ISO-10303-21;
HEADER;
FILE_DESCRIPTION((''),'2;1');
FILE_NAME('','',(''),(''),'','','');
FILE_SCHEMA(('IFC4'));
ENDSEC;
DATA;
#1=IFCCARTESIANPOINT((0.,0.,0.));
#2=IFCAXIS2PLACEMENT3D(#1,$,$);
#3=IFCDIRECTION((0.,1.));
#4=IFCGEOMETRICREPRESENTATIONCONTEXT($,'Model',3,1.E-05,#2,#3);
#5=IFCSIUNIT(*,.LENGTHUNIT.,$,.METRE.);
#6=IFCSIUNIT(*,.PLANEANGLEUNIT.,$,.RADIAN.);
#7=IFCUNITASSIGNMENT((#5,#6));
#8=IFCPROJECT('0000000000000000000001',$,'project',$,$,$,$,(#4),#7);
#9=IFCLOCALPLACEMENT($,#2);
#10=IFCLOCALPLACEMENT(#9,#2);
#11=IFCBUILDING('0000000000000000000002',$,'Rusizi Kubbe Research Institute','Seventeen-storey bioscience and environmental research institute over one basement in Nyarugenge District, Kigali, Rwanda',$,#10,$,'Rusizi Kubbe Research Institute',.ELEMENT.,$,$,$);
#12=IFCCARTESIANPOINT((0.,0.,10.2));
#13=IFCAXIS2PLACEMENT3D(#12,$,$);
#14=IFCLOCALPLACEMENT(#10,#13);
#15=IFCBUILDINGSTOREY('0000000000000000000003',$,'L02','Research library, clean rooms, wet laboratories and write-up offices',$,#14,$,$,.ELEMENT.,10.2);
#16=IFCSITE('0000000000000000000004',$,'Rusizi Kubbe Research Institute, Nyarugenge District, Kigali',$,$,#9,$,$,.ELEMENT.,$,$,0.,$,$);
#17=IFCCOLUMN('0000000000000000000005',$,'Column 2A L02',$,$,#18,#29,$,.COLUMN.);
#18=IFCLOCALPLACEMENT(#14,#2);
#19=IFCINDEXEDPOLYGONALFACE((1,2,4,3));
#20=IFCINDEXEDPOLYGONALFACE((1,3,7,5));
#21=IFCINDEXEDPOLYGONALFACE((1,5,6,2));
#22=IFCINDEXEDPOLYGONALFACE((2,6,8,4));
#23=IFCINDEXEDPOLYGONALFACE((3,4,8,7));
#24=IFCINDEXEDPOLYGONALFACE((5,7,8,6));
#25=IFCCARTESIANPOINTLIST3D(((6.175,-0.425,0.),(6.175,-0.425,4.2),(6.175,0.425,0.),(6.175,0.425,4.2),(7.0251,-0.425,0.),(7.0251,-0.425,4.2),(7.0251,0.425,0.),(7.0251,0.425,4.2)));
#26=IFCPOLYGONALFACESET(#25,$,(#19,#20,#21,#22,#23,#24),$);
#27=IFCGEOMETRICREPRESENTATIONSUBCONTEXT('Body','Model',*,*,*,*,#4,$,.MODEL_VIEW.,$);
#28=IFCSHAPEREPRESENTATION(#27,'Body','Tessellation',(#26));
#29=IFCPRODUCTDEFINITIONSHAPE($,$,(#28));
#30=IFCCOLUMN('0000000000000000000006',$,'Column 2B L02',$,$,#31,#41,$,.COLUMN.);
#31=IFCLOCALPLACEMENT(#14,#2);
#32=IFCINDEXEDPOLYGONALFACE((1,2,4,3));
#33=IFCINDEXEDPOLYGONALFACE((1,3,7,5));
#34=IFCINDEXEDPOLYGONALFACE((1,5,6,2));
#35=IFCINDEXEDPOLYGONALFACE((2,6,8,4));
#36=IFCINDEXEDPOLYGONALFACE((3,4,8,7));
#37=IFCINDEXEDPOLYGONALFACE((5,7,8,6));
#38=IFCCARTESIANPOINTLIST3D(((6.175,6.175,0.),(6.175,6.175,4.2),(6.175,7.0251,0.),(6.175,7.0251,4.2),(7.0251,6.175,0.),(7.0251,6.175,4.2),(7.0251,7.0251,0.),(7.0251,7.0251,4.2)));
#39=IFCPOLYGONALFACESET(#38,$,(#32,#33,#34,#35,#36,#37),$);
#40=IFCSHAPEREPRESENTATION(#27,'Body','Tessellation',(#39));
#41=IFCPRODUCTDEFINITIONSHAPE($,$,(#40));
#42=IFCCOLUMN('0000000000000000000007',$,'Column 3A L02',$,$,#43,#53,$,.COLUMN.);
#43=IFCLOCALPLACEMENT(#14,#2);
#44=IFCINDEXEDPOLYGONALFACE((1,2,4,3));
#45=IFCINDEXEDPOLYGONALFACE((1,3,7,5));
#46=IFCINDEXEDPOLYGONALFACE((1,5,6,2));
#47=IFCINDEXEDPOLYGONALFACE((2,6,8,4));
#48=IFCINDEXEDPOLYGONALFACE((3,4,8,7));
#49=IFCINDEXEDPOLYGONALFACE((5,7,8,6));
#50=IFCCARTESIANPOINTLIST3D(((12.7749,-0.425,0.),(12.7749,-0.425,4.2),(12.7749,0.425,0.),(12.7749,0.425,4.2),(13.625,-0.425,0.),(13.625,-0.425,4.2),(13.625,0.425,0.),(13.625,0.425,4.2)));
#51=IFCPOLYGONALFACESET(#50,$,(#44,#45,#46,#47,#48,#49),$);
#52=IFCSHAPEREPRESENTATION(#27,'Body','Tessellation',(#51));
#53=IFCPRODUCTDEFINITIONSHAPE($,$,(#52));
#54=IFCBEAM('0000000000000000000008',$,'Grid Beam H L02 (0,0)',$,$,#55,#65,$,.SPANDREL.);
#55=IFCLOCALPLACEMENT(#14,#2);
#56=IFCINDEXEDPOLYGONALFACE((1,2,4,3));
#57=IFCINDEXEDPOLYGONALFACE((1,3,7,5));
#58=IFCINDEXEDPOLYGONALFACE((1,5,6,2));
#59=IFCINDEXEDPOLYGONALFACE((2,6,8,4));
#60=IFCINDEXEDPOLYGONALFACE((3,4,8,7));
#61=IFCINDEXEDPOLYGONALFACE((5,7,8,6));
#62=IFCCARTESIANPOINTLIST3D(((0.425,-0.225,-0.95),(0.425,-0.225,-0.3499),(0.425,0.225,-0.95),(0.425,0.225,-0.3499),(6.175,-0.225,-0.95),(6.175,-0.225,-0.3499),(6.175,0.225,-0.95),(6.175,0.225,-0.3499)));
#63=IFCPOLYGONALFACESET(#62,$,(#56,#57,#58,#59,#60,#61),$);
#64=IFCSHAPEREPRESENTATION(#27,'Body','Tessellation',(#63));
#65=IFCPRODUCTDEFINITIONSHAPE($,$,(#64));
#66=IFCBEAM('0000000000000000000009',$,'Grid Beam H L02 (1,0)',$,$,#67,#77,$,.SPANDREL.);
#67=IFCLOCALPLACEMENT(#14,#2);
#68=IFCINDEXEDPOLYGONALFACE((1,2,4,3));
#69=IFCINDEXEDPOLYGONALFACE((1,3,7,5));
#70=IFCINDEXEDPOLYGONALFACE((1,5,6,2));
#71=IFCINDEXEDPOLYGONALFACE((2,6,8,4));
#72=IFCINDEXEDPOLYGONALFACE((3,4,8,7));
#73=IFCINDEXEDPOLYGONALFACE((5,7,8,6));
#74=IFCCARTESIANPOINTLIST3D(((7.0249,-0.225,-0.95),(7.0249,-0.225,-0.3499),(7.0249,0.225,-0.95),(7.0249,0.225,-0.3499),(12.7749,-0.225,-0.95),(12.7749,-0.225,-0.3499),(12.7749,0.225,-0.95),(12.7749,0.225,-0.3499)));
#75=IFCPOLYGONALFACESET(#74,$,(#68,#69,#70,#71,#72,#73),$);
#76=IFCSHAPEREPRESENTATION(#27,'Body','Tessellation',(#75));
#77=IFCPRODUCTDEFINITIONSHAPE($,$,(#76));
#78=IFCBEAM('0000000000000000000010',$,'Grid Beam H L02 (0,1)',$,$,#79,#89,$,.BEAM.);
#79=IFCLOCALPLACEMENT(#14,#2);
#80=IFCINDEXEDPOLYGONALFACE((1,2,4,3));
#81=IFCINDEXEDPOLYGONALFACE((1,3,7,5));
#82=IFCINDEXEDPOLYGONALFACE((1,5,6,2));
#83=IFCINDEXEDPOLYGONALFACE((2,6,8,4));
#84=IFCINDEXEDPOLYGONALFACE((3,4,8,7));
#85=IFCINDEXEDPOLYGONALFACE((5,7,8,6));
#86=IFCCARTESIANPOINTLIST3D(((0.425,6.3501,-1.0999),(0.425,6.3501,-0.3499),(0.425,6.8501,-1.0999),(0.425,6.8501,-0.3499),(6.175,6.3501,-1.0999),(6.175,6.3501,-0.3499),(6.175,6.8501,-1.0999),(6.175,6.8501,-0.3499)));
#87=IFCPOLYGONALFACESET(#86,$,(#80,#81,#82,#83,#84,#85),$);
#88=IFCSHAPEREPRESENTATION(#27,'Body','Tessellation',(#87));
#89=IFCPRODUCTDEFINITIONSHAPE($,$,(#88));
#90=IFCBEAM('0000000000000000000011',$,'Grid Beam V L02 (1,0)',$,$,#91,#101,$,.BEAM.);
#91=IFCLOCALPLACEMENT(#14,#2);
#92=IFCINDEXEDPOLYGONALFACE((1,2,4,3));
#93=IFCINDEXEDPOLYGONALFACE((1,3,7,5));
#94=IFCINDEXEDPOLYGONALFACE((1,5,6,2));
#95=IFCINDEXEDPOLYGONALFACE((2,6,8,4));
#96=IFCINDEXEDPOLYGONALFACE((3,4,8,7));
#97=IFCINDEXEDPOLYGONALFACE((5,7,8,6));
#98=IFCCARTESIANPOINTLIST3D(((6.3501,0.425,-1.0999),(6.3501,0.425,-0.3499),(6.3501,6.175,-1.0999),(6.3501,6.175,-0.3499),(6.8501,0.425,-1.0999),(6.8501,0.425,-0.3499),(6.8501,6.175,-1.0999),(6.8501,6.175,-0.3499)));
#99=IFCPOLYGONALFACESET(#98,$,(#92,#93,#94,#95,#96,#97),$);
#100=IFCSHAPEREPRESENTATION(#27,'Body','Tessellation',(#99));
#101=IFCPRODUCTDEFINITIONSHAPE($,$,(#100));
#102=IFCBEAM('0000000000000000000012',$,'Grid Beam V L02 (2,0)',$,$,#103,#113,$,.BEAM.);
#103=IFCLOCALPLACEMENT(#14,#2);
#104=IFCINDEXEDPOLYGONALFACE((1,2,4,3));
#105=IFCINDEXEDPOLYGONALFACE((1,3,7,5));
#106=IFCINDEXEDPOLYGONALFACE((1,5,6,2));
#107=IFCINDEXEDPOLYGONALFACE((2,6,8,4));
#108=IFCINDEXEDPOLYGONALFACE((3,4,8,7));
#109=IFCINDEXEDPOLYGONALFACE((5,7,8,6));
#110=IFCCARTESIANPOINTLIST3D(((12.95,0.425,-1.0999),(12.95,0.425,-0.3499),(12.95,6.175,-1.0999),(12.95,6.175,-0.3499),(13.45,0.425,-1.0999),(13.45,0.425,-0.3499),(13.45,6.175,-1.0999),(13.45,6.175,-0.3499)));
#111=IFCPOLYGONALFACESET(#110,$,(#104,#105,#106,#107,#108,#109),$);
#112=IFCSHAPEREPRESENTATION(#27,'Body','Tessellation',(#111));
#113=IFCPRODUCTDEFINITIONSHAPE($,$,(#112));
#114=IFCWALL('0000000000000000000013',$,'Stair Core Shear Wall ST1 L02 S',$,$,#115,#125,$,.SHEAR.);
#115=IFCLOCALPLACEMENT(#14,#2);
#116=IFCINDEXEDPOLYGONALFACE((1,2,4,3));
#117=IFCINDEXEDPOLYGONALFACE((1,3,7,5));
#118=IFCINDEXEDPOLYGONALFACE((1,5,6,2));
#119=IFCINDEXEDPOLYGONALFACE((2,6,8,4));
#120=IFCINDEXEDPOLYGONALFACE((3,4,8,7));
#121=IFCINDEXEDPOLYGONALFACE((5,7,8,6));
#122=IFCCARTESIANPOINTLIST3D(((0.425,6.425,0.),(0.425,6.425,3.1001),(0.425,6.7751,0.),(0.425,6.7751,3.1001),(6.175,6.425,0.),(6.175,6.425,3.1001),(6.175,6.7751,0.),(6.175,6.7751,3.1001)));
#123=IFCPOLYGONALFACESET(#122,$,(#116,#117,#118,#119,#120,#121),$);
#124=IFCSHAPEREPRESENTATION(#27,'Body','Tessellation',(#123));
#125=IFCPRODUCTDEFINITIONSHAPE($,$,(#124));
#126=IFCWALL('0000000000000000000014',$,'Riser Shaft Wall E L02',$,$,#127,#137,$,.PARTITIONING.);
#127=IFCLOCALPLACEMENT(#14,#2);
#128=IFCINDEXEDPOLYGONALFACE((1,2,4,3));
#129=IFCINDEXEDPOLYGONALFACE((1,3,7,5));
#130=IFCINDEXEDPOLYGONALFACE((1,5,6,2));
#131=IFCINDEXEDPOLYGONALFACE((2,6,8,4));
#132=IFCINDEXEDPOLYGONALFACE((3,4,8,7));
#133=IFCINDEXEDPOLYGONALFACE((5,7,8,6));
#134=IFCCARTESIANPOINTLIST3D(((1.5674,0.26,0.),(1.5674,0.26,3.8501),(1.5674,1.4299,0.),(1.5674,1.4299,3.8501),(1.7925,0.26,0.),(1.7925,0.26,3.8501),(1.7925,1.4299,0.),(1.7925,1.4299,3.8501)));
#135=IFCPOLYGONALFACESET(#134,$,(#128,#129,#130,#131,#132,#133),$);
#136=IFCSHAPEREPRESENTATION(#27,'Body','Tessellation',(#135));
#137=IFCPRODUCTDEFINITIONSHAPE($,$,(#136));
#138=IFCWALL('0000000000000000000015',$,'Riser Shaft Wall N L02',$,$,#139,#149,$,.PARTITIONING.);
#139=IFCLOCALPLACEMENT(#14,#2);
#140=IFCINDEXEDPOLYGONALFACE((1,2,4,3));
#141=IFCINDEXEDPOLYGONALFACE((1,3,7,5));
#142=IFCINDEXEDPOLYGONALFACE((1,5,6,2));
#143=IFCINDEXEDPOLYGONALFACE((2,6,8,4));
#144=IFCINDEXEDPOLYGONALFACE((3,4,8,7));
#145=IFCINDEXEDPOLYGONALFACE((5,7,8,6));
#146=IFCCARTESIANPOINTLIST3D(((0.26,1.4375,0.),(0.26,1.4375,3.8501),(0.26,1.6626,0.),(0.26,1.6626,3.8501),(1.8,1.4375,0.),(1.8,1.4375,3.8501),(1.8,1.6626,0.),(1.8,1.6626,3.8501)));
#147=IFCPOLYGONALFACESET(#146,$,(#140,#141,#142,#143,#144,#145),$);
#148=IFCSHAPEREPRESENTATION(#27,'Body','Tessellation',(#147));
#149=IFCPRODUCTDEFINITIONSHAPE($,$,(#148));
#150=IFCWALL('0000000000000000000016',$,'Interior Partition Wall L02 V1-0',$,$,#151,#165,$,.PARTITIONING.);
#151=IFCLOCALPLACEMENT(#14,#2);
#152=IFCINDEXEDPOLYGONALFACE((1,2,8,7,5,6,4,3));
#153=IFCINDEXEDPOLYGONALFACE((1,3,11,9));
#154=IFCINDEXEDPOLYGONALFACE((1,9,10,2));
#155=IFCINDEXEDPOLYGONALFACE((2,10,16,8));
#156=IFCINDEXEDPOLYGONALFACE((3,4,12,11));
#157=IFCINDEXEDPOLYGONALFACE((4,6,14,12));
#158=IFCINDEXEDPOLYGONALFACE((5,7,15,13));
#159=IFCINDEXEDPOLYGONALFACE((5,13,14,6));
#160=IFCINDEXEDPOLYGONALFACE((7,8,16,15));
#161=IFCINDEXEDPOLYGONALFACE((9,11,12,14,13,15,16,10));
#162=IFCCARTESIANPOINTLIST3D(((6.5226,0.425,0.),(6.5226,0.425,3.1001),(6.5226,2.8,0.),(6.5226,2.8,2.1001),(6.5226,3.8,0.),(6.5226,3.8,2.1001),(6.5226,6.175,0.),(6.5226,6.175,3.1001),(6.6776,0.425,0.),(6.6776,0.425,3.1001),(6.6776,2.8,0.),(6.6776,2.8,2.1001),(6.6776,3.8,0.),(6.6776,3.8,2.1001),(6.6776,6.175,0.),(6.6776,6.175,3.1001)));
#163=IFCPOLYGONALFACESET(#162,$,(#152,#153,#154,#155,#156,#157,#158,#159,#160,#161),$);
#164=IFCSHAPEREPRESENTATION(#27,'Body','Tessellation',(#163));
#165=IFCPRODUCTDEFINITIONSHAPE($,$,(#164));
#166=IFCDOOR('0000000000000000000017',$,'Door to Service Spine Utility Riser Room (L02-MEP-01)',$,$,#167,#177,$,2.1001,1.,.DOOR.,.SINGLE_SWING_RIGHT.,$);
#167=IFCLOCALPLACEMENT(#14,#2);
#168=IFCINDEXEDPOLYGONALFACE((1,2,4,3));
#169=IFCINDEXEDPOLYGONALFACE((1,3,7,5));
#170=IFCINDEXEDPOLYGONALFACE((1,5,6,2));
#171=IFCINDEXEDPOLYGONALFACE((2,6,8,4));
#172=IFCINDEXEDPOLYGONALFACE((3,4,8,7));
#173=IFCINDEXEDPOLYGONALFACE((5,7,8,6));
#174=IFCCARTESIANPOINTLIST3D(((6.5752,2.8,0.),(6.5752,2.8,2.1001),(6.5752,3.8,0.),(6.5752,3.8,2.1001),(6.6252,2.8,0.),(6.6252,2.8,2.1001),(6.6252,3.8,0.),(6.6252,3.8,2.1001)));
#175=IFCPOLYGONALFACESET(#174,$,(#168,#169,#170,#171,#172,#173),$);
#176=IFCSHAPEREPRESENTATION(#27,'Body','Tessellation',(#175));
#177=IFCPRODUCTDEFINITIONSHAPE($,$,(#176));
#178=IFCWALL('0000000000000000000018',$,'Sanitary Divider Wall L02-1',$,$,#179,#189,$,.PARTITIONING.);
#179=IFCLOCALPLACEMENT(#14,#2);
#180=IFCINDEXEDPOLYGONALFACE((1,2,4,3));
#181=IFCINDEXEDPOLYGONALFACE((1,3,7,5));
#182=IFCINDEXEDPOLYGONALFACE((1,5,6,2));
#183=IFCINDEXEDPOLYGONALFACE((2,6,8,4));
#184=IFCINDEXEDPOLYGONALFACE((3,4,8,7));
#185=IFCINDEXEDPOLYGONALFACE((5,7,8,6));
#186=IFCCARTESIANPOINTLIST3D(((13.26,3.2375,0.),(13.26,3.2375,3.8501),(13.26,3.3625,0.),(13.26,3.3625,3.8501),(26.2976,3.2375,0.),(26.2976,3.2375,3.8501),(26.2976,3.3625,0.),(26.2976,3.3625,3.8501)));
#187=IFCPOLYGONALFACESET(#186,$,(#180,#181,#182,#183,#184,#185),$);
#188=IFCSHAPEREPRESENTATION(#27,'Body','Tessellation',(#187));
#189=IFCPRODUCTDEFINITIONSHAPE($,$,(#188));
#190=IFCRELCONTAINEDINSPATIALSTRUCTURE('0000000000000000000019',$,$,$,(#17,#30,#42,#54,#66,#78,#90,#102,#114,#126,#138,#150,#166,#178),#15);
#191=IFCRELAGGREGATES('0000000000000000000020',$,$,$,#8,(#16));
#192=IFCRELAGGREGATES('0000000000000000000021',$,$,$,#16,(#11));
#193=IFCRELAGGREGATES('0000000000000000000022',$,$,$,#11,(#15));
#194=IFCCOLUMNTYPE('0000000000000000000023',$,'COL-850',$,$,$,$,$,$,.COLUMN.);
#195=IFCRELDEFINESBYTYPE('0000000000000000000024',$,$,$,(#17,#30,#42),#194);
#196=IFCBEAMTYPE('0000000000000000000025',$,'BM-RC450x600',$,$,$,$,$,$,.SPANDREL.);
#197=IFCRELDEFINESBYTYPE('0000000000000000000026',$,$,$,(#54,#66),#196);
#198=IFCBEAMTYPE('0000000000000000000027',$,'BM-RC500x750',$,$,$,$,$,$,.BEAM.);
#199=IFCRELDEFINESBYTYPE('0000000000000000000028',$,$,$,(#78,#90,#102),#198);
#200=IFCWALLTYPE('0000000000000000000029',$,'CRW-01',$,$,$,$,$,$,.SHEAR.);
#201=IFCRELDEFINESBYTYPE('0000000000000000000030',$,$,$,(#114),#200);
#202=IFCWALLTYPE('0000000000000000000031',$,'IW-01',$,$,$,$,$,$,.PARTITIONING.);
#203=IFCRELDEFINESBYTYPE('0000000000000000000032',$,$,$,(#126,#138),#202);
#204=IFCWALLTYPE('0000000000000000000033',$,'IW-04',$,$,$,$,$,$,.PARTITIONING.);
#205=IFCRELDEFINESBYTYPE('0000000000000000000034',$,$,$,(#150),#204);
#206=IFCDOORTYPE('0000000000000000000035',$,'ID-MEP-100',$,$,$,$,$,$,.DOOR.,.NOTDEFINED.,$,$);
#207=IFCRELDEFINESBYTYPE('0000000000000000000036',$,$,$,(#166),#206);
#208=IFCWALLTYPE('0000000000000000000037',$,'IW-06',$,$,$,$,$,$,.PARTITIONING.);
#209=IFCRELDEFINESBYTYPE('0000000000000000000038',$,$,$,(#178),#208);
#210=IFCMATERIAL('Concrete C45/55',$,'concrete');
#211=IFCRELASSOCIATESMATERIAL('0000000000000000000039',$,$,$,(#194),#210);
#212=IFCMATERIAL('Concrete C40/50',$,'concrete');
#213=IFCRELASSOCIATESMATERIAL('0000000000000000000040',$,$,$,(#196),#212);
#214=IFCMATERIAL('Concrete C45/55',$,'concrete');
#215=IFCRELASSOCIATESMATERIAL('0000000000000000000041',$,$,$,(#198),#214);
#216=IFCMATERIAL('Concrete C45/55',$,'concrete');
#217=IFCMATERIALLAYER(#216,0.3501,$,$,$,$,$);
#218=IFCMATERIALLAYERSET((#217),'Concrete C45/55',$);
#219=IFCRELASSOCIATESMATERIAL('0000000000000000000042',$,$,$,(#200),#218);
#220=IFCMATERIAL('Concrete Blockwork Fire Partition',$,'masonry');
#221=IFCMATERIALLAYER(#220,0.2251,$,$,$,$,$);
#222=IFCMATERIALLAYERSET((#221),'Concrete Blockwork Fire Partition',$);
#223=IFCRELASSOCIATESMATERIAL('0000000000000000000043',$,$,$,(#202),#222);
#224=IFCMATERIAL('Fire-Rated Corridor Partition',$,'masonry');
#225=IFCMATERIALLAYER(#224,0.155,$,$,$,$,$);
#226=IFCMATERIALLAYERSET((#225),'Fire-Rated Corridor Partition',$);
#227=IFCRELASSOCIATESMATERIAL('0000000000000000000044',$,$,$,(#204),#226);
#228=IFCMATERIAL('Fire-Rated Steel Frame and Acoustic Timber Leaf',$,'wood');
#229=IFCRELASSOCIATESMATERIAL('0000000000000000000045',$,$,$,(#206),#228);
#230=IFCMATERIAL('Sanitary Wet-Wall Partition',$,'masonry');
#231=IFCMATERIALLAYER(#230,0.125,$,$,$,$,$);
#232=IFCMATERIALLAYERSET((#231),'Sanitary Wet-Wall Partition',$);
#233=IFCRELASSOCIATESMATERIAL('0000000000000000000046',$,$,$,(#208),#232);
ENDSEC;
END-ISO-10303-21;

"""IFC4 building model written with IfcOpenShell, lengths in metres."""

from ifc_helpers import new_model, si_unit, direction, frame, frame_2d, origin, origin_2d, place, context, subcontext, project, spatial, rectangle, extrude, material, layer, layer_set, material_profile, profile_set, type_object, element, fill, save


model = new_model("IFC4")

# Units and contexts
model_context = context("Model", 3, precision=1e-05, world=origin(), true_north=direction((0.0, 1.0)))
body_context = subcontext(model_context, "Body", "Model", "MODEL_VIEW")
ifc_project = project(units=[si_unit("LENGTHUNIT", "METRE"), si_unit("PLANEANGLEUNIT", "RADIAN")], contexts=[model_context])

# Site, building, storey
site_placement = place(None, origin())
site = spatial("IfcSite", under=ifc_project, at=site_placement, Name="Rusizi Kubbe Research Institute, Nyarugenge District, Kigali", CompositionType="ELEMENT", RefElevation=0.0)
building_placement = place(site_placement, origin())
building = spatial("IfcBuilding", under=site, at=building_placement, Name="Rusizi Kubbe Research Institute", Description="Seventeen-storey bioscience and environmental research institute over one basement in Nyarugenge District, Kigali, Rwanda", LongName="Rusizi Kubbe Research Institute", CompositionType="ELEMENT")
storey_placement = place(building_placement, frame((0.0, 0.0, 10.2)))
storey = spatial("IfcBuildingStorey", under=building, at=storey_placement, Name="L02", Description="Research library, clean rooms, wet laboratories and write-up offices", CompositionType="ELEMENT", Elevation=10.2)

# Columns
ifc_material_1 = material(Name="Concrete C45/55", Category="concrete")
ifc_material_profile_1 = material_profile(ifc_material_1, rectangle(XDim=0.8501, YDim=0.8501, at=origin_2d()), Name="RC850x850")
ifc_profile_set_1 = profile_set([ifc_material_profile_1], Name="Concrete C45/55")
column_type = type_object("IfcColumnType", Name="COL-850", PredefinedType="COLUMN", material=ifc_profile_set_1)
for number, where, z_axis, x_axis, name in (
    (1, (6.6001, 0.0, 0.0), (0.0, 0.0, 1.0), (1.0, 0.0, 0.0), "Column 2A L02"),
    (2, (6.6001, 6.6001, 0.0), (0.0, 0.0, 1.0), (1.0, 0.0, 0.0), "Column 2B L02"),
    (3, (13.2, 0.0, 0.0), (0.0, 0.0, 1.0), (1.0, 0.0, 0.0), "Column 3A L02"),
):
    element("IfcColumn", number, at=place(storey_placement, frame(where, z_axis=z_axis, x_axis=x_axis)), inside=storey, type_object=column_type, Name=name, PredefinedType="COLUMN", context=body_context, shape_type="SweptSolid", body=[
        extrude(rectangle(XDim=0.8501, YDim=0.8501, at=origin_2d()), origin(), (0.0, 0.0, 1.0), 4.2),
    ])

# Beams
ifc_material_2 = material(Name="Concrete C40/50", Category="concrete")
ifc_material_profile_2 = material_profile(ifc_material_2, rectangle(XDim=0.45, YDim=0.6001, at=origin_2d()), Name="RC450x600")
ifc_profile_set_2 = profile_set([ifc_material_profile_2], Name="Concrete C40/50")
beam_type_1 = type_object("IfcBeamType", Name="BM-RC450x600", PredefinedType="SPANDREL", material=ifc_profile_set_2)
for number, where, z_axis, x_axis, name in (
    (4, (0.425, 0.0, -0.6499), (1.0, 0.0, 0.0), (0.0, 1.0, 0.0), "Grid Beam H L02 (0,0)"),
    (5, (7.0249, 0.0, -0.6499), (1.0, 0.0, 0.0), (0.0, 1.0, 0.0), "Grid Beam H L02 (1,0)"),
):
    element("IfcBeam", number, at=place(storey_placement, frame(where, z_axis=z_axis, x_axis=x_axis)), inside=storey, type_object=beam_type_1, Name=name, PredefinedType="SPANDREL", context=body_context, shape_type="SweptSolid", body=[
        extrude(rectangle(XDim=0.45, YDim=0.6001, at=origin_2d()), origin(), (0.0, 0.0, 1.0), 5.75),
    ])
ifc_material_3 = material(Name="Concrete C45/55", Category="concrete")
ifc_material_profile_3 = material_profile(ifc_material_3, rectangle(XDim=0.5, YDim=0.75, at=origin_2d()), Name="RC500x750B")
ifc_profile_set_3 = profile_set([ifc_material_profile_3], Name="Concrete C45/55")
beam_type_2 = type_object("IfcBeamType", Name="BM-RC500x750", PredefinedType="BEAM", material=ifc_profile_set_3)
for number, where, z_axis, x_axis, name in (
    (6, (0.425, 6.6001, -0.7249), (1.0, 0.0, 0.0), (0.0, 1.0, 0.0), "Grid Beam H L02 (0,1)"),
    (7, (6.6001, 0.425, -0.7249), (0.0, 1.0, 0.0), (-1.0, 0.0, 0.0), "Grid Beam V L02 (1,0)"),
    (8, (13.2, 0.425, -0.7249), (0.0, 1.0, 0.0), (-1.0, 0.0, 0.0), "Grid Beam V L02 (2,0)"),
):
    element("IfcBeam", number, at=place(storey_placement, frame(where, z_axis=z_axis, x_axis=x_axis)), inside=storey, type_object=beam_type_2, Name=name, PredefinedType="BEAM", context=body_context, shape_type="SweptSolid", body=[
        extrude(rectangle(XDim=0.5, YDim=0.75, at=origin_2d()), origin(), (0.0, 0.0, 1.0), 5.75),
    ])

# Walls
ifc_material_4 = material(Name="Concrete C45/55", Category="concrete")
ifc_layer_1 = layer(ifc_material_4, 0.3501)
ifc_layer_set_1 = layer_set([ifc_layer_1], Name="Concrete C45/55")
wall_type_1 = type_object("IfcWallType", Name="CRW-01", PredefinedType="SHEAR", material=ifc_layer_set_1)
wall_1_placement = place(storey_placement, frame((0.425, 6.6001, 0.0), z_axis=(0.0, 0.0, 1.0), x_axis=(1.0, 0.0, 0.0)))
element("IfcWall", 9, at=wall_1_placement, inside=storey, type_object=wall_type_1, Name="Stair Core Shear Wall ST1 L02 S", PredefinedType="SHEAR", context=body_context, shape_type="SweptSolid", body=[
    extrude(rectangle(XDim=5.75, YDim=0.3501, at=frame_2d((2.875, 0.0))), origin(), (0.0, 0.0, 1.0), 3.1001),
])
ifc_material_5 = material(Name="Concrete Blockwork Fire Partition", Category="masonry")
ifc_layer_2 = layer(ifc_material_5, 0.2251)
ifc_layer_set_2 = layer_set([ifc_layer_2], Name="Concrete Blockwork Fire Partition")
wall_type_2 = type_object("IfcWallType", Name="IW-01", PredefinedType="PARTITIONING", material=ifc_layer_set_2)
wall_2_placement = place(storey_placement, frame((1.6799, 0.26, 0.0), z_axis=(0.0, 0.0, 1.0), x_axis=(0.0, 1.0, 0.0)))
element("IfcWall", 10, at=wall_2_placement, inside=storey, type_object=wall_type_2, Name="Riser Shaft Wall E L02", PredefinedType="PARTITIONING", context=body_context, shape_type="SweptSolid", body=[
    extrude(rectangle(XDim=1.1699, YDim=0.2251, at=frame_2d((0.585, 0.0))), origin(), (0.0, 0.0, 1.0), 3.8501),
])
wall_3_placement = place(storey_placement, frame((0.26, 1.55, 0.0), z_axis=(0.0, 0.0, 1.0), x_axis=(1.0, 0.0, 0.0)))
element("IfcWall", 11, at=wall_3_placement, inside=storey, type_object=wall_type_2, Name="Riser Shaft Wall N L02", PredefinedType="PARTITIONING", context=body_context, shape_type="SweptSolid", body=[
    extrude(rectangle(XDim=1.54, YDim=0.2251, at=frame_2d((0.77, 0.0))), origin(), (0.0, 0.0, 1.0), 3.8501),
])

# Wall, opening, door
ifc_material_6 = material(Name="Fire-Rated Corridor Partition", Category="masonry")
ifc_layer_3 = layer(ifc_material_6, 0.155)
ifc_layer_set_3 = layer_set([ifc_layer_3], Name="Fire-Rated Corridor Partition")
wall_type_3 = type_object("IfcWallType", Name="IW-04", PredefinedType="PARTITIONING", material=ifc_layer_set_3)
wall_4_placement = place(storey_placement, frame((6.6001, 0.425, 0.0), z_axis=(0.0, 0.0, 1.0), x_axis=(0.0, 1.0, 0.0)))
wall_4 = element("IfcWall", 12, at=wall_4_placement, inside=storey, type_object=wall_type_3, Name="Interior Partition Wall L02 V1-0", PredefinedType="PARTITIONING", context=body_context, shape_type="SweptSolid", body=[
    extrude(rectangle(XDim=5.75, YDim=0.155, at=frame_2d((2.875, 0.0))), origin(), (0.0, 0.0, 1.0), 3.1001),
])
opening_1_placement = place(wall_4_placement, frame((2.375, 0.0, 0.0)))
opening_1 = element("IfcOpeningElement", 13, at=opening_1_placement, cuts=wall_4, PredefinedType="OPENING", context=body_context, shape_type="SweptSolid", body=[
    extrude(rectangle(XDim=1.0, YDim=2.1001, at=frame_2d((0.5, 1.05))), frame((0.0, 0.0874, 0.0), z_axis=(0.0, -1.0, 0.0), x_axis=(1.0, 0.0, 0.0)), (0.0, 0.0, 1.0), 0.175),
])
ifc_material_7 = material(Name="Fire-Rated Steel Frame and Acoustic Timber Leaf", Category="wood")
door_type_1 = type_object("IfcDoorType", Name="ID-MEP-100", OperationType="NOTDEFINED", PredefinedType="DOOR", material=ifc_material_7)
door_1_placement = place(opening_1_placement, origin())
door_1 = element("IfcDoor", 14, at=door_1_placement, inside=storey, type_object=door_type_1, Name="Door to Service Spine Utility Riser Room (L02-MEP-01)", OperationType="SINGLE_SWING_RIGHT", OverallHeight=2.1001, OverallWidth=1.0, PredefinedType="DOOR", context=body_context, shape_type="SweptSolid", body=[
    extrude(rectangle(XDim=1.0, YDim=2.1001, at=frame_2d((0.5, 1.05))), frame((0.0, 0.0249, 0.0), z_axis=(0.0, -1.0, 0.0), x_axis=(1.0, 0.0, 0.0)), (0.0, 0.0, 1.0), 0.05),
])
fill(opening_1, door_1)

# Wall
ifc_material_8 = material(Name="Sanitary Wet-Wall Partition", Category="masonry")
ifc_layer_4 = layer(ifc_material_8, 0.125)
ifc_layer_set_4 = layer_set([ifc_layer_4], Name="Sanitary Wet-Wall Partition")
wall_type_4 = type_object("IfcWallType", Name="IW-06", PredefinedType="PARTITIONING", material=ifc_layer_set_4)
wall_5_placement = place(storey_placement, frame((13.26, 3.3, 0.0), z_axis=(0.0, 0.0, 1.0), x_axis=(1.0, 0.0, 0.0)))
element("IfcWall", 15, at=wall_5_placement, inside=storey, type_object=wall_type_4, Name="Sanitary Divider Wall L02-1", PredefinedType="PARTITIONING", context=body_context, shape_type="SweptSolid", body=[
    extrude(rectangle(XDim=13.0376, YDim=0.125, at=frame_2d((6.5188, 0.0))), origin(), (0.0, 0.0, 1.0), 3.8501),
])

save(model, "model.ifc")
